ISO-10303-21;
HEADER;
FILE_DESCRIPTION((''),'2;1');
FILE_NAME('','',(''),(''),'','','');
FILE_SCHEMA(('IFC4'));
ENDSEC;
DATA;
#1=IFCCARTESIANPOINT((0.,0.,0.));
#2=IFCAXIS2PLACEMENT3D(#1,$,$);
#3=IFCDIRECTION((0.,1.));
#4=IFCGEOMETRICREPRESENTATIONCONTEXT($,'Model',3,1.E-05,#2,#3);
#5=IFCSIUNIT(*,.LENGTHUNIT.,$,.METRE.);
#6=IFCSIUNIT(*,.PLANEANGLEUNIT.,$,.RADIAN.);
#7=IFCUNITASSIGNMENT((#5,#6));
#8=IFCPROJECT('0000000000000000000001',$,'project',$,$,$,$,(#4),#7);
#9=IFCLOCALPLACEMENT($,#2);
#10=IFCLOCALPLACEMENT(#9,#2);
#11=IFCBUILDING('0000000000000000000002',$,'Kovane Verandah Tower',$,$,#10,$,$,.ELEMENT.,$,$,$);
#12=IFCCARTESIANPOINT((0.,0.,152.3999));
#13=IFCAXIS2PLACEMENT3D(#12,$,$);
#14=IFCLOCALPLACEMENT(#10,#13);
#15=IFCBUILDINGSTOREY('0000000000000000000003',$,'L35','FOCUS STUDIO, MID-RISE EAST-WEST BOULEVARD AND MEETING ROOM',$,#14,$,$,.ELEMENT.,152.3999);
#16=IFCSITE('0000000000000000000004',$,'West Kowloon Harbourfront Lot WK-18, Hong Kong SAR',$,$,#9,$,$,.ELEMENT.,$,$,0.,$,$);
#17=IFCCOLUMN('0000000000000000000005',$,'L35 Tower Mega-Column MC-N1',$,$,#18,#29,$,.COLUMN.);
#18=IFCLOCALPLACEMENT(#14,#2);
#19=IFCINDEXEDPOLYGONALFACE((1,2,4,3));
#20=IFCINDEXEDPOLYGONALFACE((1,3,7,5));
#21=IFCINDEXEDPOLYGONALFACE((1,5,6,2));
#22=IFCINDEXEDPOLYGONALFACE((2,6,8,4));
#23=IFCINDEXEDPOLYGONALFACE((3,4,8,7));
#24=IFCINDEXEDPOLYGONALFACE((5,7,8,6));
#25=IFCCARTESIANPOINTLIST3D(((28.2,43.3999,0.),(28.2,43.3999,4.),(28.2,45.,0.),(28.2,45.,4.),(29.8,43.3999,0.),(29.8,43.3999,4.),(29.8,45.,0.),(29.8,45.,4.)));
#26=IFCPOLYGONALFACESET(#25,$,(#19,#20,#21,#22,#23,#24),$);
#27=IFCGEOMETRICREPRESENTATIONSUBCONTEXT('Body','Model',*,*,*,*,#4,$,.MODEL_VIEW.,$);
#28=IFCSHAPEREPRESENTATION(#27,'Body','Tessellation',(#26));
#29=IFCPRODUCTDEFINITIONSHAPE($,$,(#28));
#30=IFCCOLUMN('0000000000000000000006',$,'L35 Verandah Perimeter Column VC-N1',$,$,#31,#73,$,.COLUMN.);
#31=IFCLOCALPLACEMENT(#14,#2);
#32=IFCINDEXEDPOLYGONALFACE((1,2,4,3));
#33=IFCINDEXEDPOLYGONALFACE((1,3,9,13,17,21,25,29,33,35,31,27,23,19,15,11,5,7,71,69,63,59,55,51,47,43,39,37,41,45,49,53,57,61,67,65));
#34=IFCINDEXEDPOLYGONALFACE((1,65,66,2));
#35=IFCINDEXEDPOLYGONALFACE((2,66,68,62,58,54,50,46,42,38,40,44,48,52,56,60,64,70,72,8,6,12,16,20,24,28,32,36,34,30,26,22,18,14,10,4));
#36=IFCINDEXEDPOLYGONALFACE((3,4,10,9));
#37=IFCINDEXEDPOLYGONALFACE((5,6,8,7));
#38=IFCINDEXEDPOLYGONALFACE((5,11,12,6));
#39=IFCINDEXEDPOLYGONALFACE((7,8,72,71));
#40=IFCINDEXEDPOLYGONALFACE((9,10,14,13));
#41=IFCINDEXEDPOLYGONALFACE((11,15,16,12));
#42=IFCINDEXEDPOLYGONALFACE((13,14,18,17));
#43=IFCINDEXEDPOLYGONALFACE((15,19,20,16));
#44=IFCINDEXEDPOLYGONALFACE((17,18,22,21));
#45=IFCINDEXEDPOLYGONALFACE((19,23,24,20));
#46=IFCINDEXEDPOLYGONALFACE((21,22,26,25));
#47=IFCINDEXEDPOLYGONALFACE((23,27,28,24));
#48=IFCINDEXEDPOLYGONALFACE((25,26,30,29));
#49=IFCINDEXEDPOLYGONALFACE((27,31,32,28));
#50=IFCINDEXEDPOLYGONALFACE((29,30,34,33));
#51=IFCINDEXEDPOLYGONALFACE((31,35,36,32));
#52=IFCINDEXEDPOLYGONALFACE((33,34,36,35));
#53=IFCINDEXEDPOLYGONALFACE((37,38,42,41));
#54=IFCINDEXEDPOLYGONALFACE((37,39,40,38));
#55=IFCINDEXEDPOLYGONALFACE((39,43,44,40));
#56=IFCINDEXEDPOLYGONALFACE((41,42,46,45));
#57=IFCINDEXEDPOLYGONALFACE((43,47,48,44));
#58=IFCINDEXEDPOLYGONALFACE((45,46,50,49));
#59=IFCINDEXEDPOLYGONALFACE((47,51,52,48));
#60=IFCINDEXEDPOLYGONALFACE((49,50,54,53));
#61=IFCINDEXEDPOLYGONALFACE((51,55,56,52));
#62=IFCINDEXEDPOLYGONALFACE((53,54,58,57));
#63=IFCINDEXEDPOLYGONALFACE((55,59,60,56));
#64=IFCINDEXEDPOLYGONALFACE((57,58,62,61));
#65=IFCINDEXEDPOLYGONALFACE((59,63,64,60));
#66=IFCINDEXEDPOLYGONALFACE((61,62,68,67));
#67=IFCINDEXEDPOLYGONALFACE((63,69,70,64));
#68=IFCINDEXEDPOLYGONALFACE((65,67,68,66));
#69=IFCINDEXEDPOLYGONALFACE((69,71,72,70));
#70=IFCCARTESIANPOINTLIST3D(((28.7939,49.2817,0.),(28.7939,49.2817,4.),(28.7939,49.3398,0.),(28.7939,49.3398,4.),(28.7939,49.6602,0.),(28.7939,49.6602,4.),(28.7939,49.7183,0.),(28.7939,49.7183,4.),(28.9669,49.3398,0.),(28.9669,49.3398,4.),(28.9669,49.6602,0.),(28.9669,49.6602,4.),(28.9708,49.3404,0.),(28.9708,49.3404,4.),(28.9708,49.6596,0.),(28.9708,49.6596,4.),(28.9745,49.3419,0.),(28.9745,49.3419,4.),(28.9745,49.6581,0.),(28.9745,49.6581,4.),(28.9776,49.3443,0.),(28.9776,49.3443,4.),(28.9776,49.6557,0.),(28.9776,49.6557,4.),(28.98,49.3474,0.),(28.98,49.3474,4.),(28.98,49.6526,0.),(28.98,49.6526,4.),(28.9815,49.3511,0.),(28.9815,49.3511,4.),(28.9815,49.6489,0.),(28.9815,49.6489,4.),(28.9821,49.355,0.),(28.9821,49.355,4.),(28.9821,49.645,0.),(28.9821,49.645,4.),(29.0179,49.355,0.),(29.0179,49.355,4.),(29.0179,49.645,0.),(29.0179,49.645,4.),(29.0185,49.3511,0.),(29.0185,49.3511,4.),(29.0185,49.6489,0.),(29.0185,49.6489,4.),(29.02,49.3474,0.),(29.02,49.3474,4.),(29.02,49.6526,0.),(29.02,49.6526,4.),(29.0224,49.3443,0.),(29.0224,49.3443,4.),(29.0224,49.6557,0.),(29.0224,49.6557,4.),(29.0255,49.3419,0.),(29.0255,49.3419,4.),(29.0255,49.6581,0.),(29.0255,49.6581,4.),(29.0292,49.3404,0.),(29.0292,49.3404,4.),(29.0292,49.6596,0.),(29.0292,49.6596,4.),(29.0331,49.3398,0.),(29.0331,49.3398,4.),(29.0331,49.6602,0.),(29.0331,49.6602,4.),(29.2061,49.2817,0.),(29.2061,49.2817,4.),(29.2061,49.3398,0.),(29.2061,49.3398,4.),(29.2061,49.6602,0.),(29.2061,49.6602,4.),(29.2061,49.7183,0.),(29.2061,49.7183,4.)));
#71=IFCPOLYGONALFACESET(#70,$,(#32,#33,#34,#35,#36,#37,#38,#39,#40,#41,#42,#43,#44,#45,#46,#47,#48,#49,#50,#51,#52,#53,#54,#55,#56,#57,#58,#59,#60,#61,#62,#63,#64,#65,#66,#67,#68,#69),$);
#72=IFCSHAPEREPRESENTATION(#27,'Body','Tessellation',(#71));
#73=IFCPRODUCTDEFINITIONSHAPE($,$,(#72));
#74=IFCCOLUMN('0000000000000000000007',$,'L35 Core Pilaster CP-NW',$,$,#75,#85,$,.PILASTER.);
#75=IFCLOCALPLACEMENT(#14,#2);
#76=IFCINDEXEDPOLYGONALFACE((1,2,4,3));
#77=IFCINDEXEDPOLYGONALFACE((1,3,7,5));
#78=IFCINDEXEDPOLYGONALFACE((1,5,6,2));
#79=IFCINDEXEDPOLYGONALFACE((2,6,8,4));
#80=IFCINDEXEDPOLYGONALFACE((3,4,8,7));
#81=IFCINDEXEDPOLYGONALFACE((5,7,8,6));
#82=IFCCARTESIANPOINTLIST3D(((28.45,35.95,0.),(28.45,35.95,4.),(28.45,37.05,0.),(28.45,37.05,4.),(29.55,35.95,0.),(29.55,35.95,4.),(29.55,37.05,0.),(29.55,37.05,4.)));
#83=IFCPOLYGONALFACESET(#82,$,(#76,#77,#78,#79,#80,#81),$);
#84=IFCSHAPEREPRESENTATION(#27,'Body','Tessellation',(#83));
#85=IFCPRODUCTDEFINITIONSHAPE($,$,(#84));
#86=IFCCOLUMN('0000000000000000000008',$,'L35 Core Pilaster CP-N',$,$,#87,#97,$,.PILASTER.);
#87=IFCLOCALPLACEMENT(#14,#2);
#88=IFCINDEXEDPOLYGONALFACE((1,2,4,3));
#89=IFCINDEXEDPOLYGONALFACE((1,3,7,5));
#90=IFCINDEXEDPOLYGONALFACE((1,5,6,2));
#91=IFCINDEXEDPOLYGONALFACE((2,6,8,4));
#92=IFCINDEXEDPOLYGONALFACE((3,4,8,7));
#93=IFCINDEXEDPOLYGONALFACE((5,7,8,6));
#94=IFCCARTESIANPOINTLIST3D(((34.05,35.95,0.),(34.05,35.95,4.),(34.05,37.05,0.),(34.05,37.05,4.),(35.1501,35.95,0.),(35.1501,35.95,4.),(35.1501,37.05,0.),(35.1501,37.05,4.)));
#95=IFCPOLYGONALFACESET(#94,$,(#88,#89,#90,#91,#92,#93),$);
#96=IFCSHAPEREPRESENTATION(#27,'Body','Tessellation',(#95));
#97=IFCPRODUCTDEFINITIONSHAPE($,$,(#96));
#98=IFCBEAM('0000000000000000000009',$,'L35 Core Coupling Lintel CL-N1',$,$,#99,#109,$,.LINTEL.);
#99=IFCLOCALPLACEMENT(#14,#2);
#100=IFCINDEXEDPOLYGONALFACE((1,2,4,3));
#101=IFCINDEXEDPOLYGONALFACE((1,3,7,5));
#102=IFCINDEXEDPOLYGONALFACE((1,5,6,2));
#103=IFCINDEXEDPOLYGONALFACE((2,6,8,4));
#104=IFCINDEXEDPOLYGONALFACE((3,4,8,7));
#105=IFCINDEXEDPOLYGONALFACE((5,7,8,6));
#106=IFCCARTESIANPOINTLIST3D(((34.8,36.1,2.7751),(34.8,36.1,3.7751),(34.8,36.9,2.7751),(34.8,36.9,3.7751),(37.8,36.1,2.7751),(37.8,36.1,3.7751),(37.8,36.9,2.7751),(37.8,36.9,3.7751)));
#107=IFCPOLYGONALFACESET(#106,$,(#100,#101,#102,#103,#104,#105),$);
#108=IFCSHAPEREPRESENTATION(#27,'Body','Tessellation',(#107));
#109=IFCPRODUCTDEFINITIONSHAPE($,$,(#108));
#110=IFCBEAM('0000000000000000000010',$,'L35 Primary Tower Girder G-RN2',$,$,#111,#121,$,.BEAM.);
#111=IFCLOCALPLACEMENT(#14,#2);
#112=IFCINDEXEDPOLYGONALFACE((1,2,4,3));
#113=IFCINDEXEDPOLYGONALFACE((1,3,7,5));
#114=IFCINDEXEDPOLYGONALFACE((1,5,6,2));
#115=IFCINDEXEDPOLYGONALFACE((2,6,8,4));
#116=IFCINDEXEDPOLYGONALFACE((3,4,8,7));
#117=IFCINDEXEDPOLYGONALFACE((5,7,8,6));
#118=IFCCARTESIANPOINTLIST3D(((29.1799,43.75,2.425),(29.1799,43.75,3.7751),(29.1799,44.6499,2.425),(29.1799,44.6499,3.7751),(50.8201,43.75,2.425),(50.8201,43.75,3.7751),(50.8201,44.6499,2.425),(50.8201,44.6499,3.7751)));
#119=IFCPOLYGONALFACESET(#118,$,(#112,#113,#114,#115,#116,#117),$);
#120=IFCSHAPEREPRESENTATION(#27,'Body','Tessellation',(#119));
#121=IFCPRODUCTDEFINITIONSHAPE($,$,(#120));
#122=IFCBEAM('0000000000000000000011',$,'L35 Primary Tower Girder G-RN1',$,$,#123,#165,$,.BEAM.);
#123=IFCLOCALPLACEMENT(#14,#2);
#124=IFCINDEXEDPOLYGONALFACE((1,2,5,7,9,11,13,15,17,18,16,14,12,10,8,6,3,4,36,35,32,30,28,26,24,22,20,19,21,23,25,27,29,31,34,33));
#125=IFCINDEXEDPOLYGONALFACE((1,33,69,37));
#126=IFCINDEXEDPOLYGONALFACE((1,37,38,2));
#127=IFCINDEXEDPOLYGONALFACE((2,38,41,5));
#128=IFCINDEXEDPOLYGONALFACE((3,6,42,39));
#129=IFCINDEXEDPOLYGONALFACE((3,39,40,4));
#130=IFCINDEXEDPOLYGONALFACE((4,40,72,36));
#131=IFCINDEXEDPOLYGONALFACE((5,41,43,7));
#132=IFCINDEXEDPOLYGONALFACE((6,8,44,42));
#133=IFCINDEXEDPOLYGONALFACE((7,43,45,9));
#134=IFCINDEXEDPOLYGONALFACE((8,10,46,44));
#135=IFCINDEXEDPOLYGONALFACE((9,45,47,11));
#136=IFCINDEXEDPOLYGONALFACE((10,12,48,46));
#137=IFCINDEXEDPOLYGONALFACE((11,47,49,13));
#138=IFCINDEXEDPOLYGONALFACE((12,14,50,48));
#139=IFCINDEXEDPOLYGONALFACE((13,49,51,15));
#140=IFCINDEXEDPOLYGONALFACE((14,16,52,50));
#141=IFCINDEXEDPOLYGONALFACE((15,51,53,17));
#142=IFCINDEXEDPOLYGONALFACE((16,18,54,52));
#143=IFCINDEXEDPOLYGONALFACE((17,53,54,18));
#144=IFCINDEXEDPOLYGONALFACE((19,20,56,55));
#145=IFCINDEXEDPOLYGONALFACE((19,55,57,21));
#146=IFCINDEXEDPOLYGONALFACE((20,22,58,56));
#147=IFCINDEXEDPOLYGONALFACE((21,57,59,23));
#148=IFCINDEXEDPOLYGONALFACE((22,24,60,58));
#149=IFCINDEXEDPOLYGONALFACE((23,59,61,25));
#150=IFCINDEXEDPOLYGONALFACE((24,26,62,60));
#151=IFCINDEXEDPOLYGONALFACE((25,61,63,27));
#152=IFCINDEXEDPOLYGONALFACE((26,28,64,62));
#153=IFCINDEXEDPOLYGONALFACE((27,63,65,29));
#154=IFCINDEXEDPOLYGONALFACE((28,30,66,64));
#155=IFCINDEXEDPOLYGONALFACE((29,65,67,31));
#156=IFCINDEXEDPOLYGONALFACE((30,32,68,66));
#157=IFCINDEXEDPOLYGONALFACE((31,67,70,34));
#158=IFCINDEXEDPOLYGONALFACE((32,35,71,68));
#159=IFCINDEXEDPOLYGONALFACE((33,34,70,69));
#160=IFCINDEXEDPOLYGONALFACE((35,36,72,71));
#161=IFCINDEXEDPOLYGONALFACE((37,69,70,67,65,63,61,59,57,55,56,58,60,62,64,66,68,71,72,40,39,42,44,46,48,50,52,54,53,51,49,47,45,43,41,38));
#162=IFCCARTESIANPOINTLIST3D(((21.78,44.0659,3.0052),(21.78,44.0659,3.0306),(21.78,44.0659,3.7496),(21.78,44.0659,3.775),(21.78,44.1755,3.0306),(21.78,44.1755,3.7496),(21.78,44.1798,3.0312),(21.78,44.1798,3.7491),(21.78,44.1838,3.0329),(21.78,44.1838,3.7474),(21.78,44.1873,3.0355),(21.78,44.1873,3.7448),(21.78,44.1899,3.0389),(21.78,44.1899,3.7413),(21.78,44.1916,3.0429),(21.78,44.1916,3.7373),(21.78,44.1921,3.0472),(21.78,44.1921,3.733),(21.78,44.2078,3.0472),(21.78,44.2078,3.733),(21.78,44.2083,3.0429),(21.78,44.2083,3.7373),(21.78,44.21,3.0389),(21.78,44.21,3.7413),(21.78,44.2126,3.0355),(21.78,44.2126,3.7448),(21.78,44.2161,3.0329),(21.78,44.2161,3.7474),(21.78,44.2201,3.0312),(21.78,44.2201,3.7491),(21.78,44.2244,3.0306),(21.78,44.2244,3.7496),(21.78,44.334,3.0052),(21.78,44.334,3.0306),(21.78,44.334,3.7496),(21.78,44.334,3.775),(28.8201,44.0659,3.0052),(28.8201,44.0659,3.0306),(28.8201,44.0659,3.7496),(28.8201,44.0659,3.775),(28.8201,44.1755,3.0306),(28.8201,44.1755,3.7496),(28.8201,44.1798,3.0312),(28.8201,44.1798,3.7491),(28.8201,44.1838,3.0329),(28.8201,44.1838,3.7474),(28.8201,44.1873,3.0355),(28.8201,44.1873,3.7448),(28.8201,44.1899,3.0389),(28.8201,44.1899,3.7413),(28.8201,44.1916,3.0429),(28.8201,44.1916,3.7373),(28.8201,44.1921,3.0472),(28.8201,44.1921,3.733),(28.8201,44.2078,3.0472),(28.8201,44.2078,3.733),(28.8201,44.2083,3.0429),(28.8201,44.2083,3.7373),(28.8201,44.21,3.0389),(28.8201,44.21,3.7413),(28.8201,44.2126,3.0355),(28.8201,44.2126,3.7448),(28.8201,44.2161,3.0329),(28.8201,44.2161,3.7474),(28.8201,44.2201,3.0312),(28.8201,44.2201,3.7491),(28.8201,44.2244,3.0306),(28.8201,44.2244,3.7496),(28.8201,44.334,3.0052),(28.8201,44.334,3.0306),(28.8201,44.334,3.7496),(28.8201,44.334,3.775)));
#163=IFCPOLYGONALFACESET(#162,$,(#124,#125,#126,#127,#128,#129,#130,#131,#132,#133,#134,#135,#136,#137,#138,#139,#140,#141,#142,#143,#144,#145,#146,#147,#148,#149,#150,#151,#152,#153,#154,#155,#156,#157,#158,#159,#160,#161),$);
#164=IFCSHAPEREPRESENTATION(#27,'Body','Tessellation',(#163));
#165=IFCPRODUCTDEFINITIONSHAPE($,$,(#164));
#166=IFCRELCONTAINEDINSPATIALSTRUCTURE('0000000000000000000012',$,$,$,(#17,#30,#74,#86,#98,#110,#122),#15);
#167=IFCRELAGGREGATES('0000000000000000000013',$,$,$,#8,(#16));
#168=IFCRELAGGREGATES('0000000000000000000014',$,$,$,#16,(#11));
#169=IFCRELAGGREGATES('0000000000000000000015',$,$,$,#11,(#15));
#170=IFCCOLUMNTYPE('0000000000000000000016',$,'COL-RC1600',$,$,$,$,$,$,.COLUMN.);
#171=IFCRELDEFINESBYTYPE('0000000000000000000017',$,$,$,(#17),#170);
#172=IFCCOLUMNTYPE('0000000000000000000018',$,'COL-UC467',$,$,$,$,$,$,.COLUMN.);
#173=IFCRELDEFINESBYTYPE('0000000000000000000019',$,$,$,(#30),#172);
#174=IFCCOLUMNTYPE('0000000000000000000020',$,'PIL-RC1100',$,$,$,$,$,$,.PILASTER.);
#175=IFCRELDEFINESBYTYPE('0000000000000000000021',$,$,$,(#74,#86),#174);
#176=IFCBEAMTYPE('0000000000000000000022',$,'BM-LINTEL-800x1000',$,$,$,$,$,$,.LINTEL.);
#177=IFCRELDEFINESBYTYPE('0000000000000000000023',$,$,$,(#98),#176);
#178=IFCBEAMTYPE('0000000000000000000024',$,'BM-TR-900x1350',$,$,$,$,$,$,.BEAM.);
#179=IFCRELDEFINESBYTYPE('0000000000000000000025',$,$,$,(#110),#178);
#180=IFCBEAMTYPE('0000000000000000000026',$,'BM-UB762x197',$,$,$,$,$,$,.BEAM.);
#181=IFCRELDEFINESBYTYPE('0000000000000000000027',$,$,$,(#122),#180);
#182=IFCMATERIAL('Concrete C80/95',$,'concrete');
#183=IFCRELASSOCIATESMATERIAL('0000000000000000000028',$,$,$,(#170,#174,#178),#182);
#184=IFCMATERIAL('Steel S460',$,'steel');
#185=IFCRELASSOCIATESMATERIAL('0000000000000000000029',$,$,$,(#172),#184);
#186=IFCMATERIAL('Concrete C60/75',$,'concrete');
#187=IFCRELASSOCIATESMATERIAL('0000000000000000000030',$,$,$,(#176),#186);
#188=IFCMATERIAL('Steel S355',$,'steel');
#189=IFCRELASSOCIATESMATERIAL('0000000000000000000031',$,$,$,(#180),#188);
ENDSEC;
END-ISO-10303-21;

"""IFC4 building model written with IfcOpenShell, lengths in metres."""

from ifc_helpers import new_model, si_unit, direction, frame, origin, origin_2d, place, context, subcontext, project, spatial, rectangle, i_section, extrude, material, material_profile, profile_set, type_object, element, save


model = new_model("IFC4")

# Units and contexts
model_context = context("Model", 3, precision=1e-05, world=origin(), true_north=direction((0.0, 1.0)))
body_context = subcontext(model_context, "Body", "Model", "MODEL_VIEW")
ifc_project = project(units=[si_unit("LENGTHUNIT", "METRE"), si_unit("PLANEANGLEUNIT", "RADIAN")], contexts=[model_context])

# Site, building, storey
site_placement = place(None, origin())
site = spatial("IfcSite", under=ifc_project, at=site_placement, Name="West Kowloon Harbourfront Lot WK-18, Hong Kong SAR", CompositionType="ELEMENT", RefElevation=0.0)
building_placement = place(site_placement, origin())
building = spatial("IfcBuilding", under=site, at=building_placement, Name="Kovane Verandah Tower", CompositionType="ELEMENT")
storey_placement = place(building_placement, frame((0.0, 0.0, 152.3999)))
storey = spatial("IfcBuildingStorey", under=building, at=storey_placement, Name="L35", Description="FOCUS STUDIO, MID-RISE EAST-WEST BOULEVARD AND MEETING ROOM", CompositionType="ELEMENT", Elevation=152.3999)

# Columns
ifc_material_1 = material(Name="Concrete C80/95", Category="concrete")
ifc_material_profile_1 = material_profile(ifc_material_1, rectangle(XDim=1.6001, YDim=1.6001, at=origin_2d()), Name="RC1600x1600")
ifc_profile_set_1 = profile_set([ifc_material_profile_1], Name="Concrete C80/95")
column_type_1 = type_object("IfcColumnType", Name="COL-RC1600", PredefinedType="COLUMN", material=ifc_profile_set_1)
column_1_placement = place(storey_placement, frame((29.0, 44.2, 0.0), z_axis=(0.0, 0.0, 1.0), x_axis=(1.0, 0.0, 0.0)))
element("IfcColumn", 1, at=column_1_placement, inside=storey, type_object=column_type_1, Name="L35 Tower Mega-Column MC-N1", PredefinedType="COLUMN", context=body_context, shape_type="SweptSolid", body=[
    extrude(rectangle(XDim=1.6001, YDim=1.6001, at=origin_2d()), origin(), (0.0, 0.0, 1.0), 4.0),
])
ifc_material_2 = material(Name="Steel S460", Category="steel")
ifc_material_profile_2 = material_profile(ifc_material_2, i_section(OverallWidth=0.4121, OverallDepth=0.4365, WebThickness=0.0359, FlangeThickness=0.0581, FilletRadius=0.0151, at=origin_2d()), Name="UC356x406x467")
ifc_profile_set_2 = profile_set([ifc_material_profile_2], Name="Steel S460")
column_type_2 = type_object("IfcColumnType", Name="COL-UC467", PredefinedType="COLUMN", material=ifc_profile_set_2)
column_2_placement = place(storey_placement, frame((29.0, 49.5, 0.0), z_axis=(0.0, 0.0, 1.0), x_axis=(1.0, 0.0, 0.0)))
element("IfcColumn", 2, at=column_2_placement, inside=storey, type_object=column_type_2, Name="L35 Verandah Perimeter Column VC-N1", PredefinedType="COLUMN", context=body_context, shape_type="SweptSolid", body=[
    extrude(i_section(OverallWidth=0.4121, OverallDepth=0.4365, WebThickness=0.0359, FlangeThickness=0.0581, FilletRadius=0.0151, at=origin_2d()), origin(), (0.0, 0.0, 1.0), 4.0),
])
ifc_material_profile_3 = material_profile(ifc_material_1, rectangle(XDim=1.1001, YDim=1.1001, at=origin_2d()), Name="RC1100x1100")
ifc_profile_set_3 = profile_set([ifc_material_profile_3], Name="Concrete C80/95")
column_type_3 = type_object("IfcColumnType", Name="PIL-RC1100", PredefinedType="PILASTER", material=ifc_profile_set_3)
for number, where, z_axis, x_axis, name in (
    (3, (29.0, 36.5, 0.0), (0.0, 0.0, 1.0), (1.0, 0.0, 0.0), "L35 Core Pilaster CP-NW"),
    (4, (34.6001, 36.5, 0.0), (0.0, 0.0, 1.0), (1.0, 0.0, 0.0), "L35 Core Pilaster CP-N"),
):
    element("IfcColumn", number, at=place(storey_placement, frame(where, z_axis=z_axis, x_axis=x_axis)), inside=storey, type_object=column_type_3, Name=name, PredefinedType="PILASTER", context=body_context, shape_type="SweptSolid", body=[
        extrude(rectangle(XDim=1.1001, YDim=1.1001, at=origin_2d()), origin(), (0.0, 0.0, 1.0), 4.0),
    ])

# Beams
ifc_material_3 = material(Name="Concrete C60/75", Category="concrete")
ifc_material_profile_4 = material_profile(ifc_material_3, rectangle(XDim=0.8, YDim=1.0, at=origin_2d()), Name="RCB800x1000")
ifc_profile_set_4 = profile_set([ifc_material_profile_4], Name="Concrete C60/75")
beam_type_1 = type_object("IfcBeamType", Name="BM-LINTEL-800x1000", PredefinedType="LINTEL", material=ifc_profile_set_4)
beam_1_placement = place(storey_placement, frame((34.8, 36.5, 3.2751), z_axis=(1.0, 0.0, 0.0), x_axis=(0.0, 1.0, 0.0)))
element("IfcBeam", 5, at=beam_1_placement, inside=storey, type_object=beam_type_1, Name="L35 Core Coupling Lintel CL-N1", PredefinedType="LINTEL", context=body_context, shape_type="SweptSolid", body=[
    extrude(rectangle(XDim=0.8, YDim=1.0, at=origin_2d()), origin(), (0.0, 0.0, 1.0), 3.0),
])
ifc_material_profile_5 = material_profile(ifc_material_1, rectangle(XDim=0.8999, YDim=1.3501, at=origin_2d()), Name="RCB900x1350")
ifc_profile_set_5 = profile_set([ifc_material_profile_5], Name="Concrete C80/95")
beam_type_2 = type_object("IfcBeamType", Name="BM-TR-900x1350", PredefinedType="BEAM", material=ifc_profile_set_5)
beam_2_placement = place(storey_placement, frame((29.1799, 44.2, 3.1001), z_axis=(1.0, 0.0, 0.0), x_axis=(0.0, 1.0, 0.0)))
element("IfcBeam", 6, at=beam_2_placement, inside=storey, type_object=beam_type_2, Name="L35 Primary Tower Girder G-RN2", PredefinedType="BEAM", context=body_context, shape_type="SweptSolid", body=[
    extrude(rectangle(XDim=0.8999, YDim=1.3501, at=origin_2d()), origin(), (0.0, 0.0, 1.0), 21.6401),
])
ifc_material_4 = material(Name="Steel S355", Category="steel")
ifc_material_profile_6 = material_profile(ifc_material_4, i_section(OverallWidth=0.2681, OverallDepth=0.7698, WebThickness=0.0156, FlangeThickness=0.0254, FilletRadius=0.0166, at=origin_2d()), Name="UB762x267x197")
ifc_profile_set_6 = profile_set([ifc_material_profile_6], Name="Steel S355")
beam_type_3 = type_object("IfcBeamType", Name="BM-UB762x197", PredefinedType="BEAM", material=ifc_profile_set_6)
for number, where, z_axis, x_axis, name in (
    (7, (21.78, 44.2, 3.3901), (1.0, 0.0, 0.0), (0.0, 1.0, 0.0), "L35 Primary Tower Girder G-RN1"),
):
    element("IfcBeam", number, at=place(storey_placement, frame(where, z_axis=z_axis, x_axis=x_axis)), inside=storey, type_object=beam_type_3, Name=name, PredefinedType="BEAM", context=body_context, shape_type="SweptSolid", body=[
        extrude(i_section(OverallWidth=0.2681, OverallDepth=0.7698, WebThickness=0.0156, FlangeThickness=0.0254, FilletRadius=0.0166, at=origin_2d()), origin(), (0.0, 0.0, 1.0), 7.04),
    ])

save(model, "model.ifc")
